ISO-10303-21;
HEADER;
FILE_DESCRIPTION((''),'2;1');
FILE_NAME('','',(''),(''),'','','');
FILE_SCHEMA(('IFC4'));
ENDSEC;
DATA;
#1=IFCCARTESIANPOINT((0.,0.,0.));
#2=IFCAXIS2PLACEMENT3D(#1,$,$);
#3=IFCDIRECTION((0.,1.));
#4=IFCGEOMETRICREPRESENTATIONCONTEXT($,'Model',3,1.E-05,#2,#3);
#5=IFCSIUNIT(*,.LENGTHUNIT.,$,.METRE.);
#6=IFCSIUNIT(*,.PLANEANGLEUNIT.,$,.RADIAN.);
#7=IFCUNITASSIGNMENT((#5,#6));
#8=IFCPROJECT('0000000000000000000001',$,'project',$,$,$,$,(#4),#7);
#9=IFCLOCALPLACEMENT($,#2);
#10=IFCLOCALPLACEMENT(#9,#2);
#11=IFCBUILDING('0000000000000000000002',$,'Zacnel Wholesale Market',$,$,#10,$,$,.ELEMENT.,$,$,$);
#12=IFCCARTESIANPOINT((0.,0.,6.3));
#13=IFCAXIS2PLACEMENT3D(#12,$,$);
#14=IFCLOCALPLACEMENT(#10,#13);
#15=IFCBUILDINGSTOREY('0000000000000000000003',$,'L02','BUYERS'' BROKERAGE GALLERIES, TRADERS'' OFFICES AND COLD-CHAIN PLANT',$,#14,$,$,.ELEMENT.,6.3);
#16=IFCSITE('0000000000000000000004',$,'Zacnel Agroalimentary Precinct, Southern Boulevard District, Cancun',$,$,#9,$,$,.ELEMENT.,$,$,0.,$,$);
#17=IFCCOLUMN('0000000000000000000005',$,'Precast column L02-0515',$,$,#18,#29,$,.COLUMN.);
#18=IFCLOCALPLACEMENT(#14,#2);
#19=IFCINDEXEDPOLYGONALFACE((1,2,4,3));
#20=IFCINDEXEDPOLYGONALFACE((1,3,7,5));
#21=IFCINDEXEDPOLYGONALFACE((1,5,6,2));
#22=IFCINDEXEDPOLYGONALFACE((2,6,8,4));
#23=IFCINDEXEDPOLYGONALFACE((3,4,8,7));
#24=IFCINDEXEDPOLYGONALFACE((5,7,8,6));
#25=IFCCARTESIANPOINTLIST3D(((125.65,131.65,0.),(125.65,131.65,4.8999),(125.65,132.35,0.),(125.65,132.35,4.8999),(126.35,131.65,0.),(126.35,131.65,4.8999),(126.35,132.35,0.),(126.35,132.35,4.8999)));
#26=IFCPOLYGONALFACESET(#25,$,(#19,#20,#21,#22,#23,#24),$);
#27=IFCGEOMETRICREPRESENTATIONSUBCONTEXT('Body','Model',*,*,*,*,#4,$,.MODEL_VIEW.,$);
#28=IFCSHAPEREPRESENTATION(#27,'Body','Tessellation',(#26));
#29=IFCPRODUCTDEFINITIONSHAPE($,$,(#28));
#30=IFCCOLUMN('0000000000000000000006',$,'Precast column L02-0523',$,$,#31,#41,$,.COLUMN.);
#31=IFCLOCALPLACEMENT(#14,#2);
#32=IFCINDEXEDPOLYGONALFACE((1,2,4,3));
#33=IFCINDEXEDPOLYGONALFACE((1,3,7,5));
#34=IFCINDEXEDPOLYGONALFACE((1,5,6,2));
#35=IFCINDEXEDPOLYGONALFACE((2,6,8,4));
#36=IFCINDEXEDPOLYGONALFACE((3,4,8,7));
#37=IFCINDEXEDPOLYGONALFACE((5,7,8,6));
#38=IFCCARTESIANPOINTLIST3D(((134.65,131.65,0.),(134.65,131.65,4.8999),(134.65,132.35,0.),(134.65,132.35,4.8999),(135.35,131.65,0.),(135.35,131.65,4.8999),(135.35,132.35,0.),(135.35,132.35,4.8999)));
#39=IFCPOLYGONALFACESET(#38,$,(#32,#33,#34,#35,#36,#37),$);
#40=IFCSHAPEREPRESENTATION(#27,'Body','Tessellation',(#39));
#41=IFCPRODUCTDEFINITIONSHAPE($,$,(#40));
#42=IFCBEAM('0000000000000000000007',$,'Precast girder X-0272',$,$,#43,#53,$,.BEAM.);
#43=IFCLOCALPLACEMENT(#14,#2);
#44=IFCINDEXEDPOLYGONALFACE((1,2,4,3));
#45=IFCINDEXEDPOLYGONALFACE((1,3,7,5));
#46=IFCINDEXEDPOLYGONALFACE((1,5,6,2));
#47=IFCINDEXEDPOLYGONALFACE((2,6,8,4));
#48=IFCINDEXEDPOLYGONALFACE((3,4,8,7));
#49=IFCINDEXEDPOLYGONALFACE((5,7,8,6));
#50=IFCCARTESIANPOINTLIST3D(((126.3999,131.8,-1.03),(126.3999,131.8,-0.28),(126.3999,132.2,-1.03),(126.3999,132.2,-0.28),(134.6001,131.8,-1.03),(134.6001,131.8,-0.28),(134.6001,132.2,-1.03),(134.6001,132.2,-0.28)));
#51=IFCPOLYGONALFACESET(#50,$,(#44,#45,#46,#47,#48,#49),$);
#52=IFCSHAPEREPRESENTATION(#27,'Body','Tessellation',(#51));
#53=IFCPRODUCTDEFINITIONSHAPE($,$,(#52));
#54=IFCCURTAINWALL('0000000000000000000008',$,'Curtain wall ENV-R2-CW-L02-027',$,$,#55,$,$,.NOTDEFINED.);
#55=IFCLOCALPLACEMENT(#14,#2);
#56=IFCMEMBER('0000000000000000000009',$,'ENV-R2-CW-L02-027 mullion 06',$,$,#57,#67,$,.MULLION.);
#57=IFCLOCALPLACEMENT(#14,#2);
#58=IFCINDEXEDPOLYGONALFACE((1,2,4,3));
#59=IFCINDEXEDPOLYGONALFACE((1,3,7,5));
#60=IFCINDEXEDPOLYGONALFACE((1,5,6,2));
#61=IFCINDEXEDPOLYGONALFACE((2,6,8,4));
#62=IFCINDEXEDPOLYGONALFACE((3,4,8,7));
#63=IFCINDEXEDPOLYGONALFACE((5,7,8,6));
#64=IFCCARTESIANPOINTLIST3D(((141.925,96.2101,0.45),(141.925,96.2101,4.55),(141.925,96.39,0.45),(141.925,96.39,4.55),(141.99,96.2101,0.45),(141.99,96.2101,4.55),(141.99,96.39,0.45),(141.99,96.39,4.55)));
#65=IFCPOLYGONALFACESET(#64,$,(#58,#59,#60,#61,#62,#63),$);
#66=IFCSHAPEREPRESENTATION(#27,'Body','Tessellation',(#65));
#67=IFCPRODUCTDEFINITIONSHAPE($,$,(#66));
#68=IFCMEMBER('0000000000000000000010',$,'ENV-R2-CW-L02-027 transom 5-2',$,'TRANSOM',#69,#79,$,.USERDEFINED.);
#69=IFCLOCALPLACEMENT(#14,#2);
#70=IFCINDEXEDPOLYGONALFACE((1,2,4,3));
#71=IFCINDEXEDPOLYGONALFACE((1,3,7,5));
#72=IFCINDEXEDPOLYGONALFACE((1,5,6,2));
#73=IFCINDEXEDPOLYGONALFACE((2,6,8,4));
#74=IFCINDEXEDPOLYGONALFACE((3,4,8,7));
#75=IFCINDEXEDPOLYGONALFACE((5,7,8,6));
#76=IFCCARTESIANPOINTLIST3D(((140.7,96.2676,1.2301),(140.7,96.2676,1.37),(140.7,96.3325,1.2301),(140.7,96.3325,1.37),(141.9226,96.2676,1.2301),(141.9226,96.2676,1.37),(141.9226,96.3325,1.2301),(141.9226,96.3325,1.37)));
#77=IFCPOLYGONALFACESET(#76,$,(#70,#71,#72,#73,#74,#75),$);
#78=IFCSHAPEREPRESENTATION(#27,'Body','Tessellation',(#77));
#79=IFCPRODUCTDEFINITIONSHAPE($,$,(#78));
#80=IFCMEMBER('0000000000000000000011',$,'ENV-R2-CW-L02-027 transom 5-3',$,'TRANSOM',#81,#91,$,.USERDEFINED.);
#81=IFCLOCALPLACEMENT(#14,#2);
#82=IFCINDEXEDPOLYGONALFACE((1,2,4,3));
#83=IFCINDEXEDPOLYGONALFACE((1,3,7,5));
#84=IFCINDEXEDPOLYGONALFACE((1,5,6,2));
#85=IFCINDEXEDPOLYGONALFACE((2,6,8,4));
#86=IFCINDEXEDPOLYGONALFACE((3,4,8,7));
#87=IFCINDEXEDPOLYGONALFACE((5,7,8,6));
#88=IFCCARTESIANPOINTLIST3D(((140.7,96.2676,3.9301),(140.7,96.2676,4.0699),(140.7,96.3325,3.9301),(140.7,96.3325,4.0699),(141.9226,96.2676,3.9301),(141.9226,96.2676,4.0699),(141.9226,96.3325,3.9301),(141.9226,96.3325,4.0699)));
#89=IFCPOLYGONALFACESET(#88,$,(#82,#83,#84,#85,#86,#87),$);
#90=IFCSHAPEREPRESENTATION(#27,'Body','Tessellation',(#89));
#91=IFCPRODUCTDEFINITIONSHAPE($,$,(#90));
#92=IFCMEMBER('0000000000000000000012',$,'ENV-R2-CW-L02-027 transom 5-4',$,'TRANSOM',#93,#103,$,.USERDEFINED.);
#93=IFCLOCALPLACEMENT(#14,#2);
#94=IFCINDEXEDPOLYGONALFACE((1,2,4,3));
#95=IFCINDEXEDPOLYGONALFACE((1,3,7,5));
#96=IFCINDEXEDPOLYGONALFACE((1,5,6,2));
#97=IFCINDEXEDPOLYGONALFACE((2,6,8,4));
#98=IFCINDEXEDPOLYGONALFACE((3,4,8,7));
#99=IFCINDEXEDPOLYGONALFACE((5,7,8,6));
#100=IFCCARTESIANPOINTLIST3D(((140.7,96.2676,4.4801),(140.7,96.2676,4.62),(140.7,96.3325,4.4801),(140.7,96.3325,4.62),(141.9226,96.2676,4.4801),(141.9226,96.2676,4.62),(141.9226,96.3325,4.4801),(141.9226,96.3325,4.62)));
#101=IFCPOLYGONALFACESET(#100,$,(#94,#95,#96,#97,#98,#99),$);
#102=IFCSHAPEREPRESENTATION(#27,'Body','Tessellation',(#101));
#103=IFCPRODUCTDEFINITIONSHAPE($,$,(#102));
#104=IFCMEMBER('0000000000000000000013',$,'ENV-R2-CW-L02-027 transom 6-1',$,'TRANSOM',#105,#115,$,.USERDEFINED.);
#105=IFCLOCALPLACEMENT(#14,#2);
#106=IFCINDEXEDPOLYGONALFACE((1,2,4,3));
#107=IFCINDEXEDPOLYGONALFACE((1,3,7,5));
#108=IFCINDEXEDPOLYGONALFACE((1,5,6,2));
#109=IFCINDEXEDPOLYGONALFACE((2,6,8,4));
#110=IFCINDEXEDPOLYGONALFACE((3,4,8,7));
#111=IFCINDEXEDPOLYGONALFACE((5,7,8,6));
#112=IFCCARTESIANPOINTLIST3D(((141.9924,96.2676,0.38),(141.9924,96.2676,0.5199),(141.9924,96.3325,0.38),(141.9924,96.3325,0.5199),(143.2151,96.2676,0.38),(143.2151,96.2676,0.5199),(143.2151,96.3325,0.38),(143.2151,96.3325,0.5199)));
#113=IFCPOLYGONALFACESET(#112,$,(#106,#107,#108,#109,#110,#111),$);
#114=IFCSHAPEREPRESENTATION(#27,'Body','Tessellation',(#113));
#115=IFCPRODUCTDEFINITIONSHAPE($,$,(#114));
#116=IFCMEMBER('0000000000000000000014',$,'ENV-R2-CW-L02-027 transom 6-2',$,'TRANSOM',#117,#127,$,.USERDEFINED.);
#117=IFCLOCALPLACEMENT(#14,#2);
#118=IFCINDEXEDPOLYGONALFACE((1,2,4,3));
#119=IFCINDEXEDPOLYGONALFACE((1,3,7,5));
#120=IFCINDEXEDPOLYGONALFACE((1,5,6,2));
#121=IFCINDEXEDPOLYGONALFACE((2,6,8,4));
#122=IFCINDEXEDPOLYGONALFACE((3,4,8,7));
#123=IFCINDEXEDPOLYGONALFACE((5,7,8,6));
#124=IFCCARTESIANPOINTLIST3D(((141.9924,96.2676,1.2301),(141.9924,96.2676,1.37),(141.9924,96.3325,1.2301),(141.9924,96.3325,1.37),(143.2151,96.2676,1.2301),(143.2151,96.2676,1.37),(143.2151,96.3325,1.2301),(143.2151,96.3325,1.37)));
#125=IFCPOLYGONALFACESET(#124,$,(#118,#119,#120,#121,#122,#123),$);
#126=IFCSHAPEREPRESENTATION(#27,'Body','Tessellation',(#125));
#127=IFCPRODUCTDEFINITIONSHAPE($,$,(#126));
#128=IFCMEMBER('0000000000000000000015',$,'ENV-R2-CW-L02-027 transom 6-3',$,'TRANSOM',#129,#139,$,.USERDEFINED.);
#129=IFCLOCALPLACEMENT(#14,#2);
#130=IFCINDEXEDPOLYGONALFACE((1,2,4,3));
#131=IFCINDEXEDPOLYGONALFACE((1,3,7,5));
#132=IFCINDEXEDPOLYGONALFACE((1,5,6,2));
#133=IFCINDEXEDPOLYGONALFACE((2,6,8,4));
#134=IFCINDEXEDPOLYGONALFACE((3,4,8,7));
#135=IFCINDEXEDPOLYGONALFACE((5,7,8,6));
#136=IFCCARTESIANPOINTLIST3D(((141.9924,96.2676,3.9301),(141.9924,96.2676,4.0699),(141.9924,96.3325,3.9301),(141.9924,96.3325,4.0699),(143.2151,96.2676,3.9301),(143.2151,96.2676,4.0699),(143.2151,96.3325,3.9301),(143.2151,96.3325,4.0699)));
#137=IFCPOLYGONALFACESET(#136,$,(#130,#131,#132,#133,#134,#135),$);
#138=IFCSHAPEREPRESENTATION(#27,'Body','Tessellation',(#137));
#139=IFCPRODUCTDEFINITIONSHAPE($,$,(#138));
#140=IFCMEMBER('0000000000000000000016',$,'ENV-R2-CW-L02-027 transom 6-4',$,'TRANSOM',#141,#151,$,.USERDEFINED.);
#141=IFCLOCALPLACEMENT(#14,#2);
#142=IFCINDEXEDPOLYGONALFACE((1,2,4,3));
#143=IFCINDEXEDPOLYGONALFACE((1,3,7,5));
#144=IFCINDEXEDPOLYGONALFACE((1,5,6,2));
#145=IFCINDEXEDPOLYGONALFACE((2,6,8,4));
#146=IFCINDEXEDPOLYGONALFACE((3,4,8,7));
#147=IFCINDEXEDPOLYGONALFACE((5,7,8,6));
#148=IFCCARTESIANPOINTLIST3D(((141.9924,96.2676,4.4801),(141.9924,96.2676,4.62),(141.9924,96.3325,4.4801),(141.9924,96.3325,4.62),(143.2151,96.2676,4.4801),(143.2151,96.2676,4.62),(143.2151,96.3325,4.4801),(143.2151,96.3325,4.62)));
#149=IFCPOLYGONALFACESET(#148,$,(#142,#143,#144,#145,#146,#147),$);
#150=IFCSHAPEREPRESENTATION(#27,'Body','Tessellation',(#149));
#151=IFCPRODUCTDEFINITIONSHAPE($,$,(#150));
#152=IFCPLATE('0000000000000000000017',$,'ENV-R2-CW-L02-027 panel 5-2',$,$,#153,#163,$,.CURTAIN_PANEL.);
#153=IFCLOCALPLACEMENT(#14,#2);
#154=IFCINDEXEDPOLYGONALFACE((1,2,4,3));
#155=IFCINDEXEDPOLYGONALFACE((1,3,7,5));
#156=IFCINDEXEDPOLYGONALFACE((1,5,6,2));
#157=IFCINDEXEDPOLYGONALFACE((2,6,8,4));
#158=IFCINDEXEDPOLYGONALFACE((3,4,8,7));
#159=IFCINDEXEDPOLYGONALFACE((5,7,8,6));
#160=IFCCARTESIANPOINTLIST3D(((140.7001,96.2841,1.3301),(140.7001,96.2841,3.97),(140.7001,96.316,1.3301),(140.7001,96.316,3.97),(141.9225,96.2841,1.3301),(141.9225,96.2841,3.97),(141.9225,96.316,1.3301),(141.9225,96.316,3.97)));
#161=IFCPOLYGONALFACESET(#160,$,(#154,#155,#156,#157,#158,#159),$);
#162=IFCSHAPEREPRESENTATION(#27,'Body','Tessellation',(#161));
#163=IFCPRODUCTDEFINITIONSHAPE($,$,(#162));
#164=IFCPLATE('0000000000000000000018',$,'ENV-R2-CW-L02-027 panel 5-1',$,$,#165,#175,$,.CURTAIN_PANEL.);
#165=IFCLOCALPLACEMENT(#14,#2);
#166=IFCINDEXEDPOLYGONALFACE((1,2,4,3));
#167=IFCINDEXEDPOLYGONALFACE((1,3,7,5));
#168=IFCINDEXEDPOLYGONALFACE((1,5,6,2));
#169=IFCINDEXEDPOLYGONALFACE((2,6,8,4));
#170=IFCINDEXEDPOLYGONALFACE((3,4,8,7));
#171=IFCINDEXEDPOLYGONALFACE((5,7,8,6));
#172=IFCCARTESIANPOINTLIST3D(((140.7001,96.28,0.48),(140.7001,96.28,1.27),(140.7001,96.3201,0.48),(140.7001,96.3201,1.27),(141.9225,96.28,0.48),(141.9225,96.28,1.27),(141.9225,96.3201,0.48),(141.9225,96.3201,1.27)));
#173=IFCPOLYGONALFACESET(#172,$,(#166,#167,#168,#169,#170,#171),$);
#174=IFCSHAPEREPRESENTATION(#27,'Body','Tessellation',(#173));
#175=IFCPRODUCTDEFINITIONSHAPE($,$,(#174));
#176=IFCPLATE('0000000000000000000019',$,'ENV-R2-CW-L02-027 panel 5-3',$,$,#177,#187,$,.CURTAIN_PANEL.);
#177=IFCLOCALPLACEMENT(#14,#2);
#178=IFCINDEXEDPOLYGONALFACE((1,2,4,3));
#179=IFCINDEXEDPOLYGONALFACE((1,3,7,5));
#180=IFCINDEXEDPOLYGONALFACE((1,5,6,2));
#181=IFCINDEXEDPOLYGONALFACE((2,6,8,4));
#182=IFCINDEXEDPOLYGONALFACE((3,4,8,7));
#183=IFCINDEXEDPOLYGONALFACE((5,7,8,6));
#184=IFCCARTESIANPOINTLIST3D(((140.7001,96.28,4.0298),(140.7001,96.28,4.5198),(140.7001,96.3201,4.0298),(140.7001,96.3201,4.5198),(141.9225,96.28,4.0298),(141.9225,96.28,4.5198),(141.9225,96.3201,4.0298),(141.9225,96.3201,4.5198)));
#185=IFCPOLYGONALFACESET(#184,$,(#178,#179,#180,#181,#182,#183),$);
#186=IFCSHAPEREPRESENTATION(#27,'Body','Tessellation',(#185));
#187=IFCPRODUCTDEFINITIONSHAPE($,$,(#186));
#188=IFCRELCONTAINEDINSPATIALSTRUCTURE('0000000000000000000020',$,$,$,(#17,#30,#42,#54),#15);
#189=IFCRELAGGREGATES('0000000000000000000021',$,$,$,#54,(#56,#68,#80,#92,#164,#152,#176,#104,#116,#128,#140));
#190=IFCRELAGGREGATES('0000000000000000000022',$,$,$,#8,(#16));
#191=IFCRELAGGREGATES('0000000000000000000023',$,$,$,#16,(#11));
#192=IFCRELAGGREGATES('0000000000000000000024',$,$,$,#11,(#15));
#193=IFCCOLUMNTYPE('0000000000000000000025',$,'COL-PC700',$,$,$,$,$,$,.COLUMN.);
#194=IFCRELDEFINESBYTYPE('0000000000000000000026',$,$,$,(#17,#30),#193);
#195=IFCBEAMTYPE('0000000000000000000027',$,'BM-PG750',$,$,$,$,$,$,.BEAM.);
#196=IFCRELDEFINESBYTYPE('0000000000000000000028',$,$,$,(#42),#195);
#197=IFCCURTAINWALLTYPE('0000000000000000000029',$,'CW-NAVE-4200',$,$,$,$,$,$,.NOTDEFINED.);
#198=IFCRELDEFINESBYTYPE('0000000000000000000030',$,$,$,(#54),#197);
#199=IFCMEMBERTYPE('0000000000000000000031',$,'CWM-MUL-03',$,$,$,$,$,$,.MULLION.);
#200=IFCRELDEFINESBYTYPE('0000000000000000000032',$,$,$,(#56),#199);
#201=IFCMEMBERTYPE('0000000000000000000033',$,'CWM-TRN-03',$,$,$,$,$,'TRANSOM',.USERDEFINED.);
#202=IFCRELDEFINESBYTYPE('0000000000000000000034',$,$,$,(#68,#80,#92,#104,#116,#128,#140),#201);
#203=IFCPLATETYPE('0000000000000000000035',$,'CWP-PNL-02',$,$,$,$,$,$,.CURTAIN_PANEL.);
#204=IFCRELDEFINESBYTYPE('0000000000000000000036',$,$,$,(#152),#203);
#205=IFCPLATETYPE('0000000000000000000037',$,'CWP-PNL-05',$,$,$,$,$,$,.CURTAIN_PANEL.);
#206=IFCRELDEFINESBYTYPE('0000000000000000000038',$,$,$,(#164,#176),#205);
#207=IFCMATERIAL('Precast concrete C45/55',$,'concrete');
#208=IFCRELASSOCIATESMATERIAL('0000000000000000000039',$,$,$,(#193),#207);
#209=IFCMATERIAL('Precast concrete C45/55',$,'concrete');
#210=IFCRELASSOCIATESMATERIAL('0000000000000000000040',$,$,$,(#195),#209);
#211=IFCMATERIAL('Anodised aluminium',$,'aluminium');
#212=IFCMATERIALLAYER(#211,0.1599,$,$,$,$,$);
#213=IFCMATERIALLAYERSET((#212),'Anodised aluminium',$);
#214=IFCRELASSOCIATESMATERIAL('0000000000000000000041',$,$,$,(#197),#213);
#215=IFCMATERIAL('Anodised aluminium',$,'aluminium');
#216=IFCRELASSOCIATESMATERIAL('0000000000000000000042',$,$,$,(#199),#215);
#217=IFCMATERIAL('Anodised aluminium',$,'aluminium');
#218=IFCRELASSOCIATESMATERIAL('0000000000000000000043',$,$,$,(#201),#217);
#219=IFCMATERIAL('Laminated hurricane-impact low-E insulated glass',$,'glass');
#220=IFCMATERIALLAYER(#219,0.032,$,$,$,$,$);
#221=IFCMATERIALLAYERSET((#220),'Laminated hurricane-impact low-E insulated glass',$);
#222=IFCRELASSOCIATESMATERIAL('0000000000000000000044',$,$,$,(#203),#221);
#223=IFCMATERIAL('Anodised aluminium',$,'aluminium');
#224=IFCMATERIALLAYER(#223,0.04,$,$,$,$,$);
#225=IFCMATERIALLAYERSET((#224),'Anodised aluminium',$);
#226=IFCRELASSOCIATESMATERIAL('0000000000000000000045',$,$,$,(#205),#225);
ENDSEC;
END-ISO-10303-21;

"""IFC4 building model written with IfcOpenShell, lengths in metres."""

from ifc_helpers import new_model, si_unit, direction, frame, origin, origin_2d, place, context, subcontext, project, spatial, rectangle, extrude, material, layer, layer_set, material_profile, profile_set, type_object, element, aggregate, save


model = new_model("IFC4")

# Units and contexts
model_context = context("Model", 3, precision=1e-05, world=origin(), true_north=direction((0.0, 1.0)))
body_context = subcontext(model_context, "Body", "Model", "MODEL_VIEW")
ifc_project = project(units=[si_unit("LENGTHUNIT", "METRE"), si_unit("PLANEANGLEUNIT", "RADIAN")], contexts=[model_context])

# Site, building, storey
site_placement = place(None, origin())
site = spatial("IfcSite", under=ifc_project, at=site_placement, Name="Zacnel Agroalimentary Precinct, Southern Boulevard District, Cancun", CompositionType="ELEMENT", RefElevation=0.0)
building_placement = place(site_placement, origin())
building = spatial("IfcBuilding", under=site, at=building_placement, Name="Zacnel Wholesale Market", CompositionType="ELEMENT")
storey_placement = place(building_placement, frame((0.0, 0.0, 6.3)))
storey = spatial("IfcBuildingStorey", under=building, at=storey_placement, Name="L02", Description="BUYERS' BROKERAGE GALLERIES, TRADERS' OFFICES AND COLD-CHAIN PLANT", CompositionType="ELEMENT", Elevation=6.3)

# Columns
ifc_material_1 = material(Name="Precast concrete C45/55", Category="concrete")
ifc_material_profile_1 = material_profile(ifc_material_1, rectangle(XDim=0.7, YDim=0.7, at=origin_2d()), Name="PC 700x700")
ifc_profile_set_1 = profile_set([ifc_material_profile_1], Name="Precast concrete C45/55")
column_type = type_object("IfcColumnType", Name="COL-PC700", PredefinedType="COLUMN", material=ifc_profile_set_1)
for number, where, z_axis, x_axis, name in (
    (1, (126.0, 132.0, 0.0), (0.0, 0.0, 1.0), (1.0, 0.0, 0.0), "Precast column L02-0515"),
    (2, (135.0, 132.0, 0.0), (0.0, 0.0, 1.0), (1.0, 0.0, 0.0), "Precast column L02-0523"),
):
    element("IfcColumn", number, at=place(storey_placement, frame(where, z_axis=z_axis, x_axis=x_axis)), inside=storey, type_object=column_type, Name=name, PredefinedType="COLUMN", context=body_context, shape_type="SweptSolid", body=[
        extrude(rectangle(XDim=0.7, YDim=0.7, at=origin_2d()), origin(), (0.0, 0.0, 1.0), 4.8999),
    ])

# Beam
ifc_material_2 = material(Name="Precast concrete C45/55", Category="concrete")
ifc_material_profile_2 = material_profile(ifc_material_2, rectangle(XDim=0.3999, YDim=0.75, at=origin_2d()), Name="PG 400x750")
ifc_profile_set_2 = profile_set([ifc_material_profile_2], Name="Precast concrete C45/55")
beam_type = type_object("IfcBeamType", Name="BM-PG750", PredefinedType="BEAM", material=ifc_profile_set_2)
beam_placement = place(storey_placement, frame((126.3999, 132.0, -0.655), z_axis=(1.0, 0.0, 0.0), x_axis=(0.0, 1.0, 0.0)))
element("IfcBeam", 3, at=beam_placement, inside=storey, type_object=beam_type, Name="Precast girder X-0272", PredefinedType="BEAM", context=body_context, shape_type="SweptSolid", body=[
    extrude(rectangle(XDim=0.3999, YDim=0.75, at=origin_2d()), origin(), (0.0, 0.0, 1.0), 8.2002),
])

# Curtain wall, members, plates
ifc_material_3 = material(Name="Anodised aluminium", Category="aluminium")
ifc_layer_1 = layer(ifc_material_3, 0.1599)
ifc_layer_set_1 = layer_set([ifc_layer_1], Name="Anodised aluminium")
curtain_wall_type = type_object("IfcCurtainWallType", Name="CW-NAVE-4200", PredefinedType="NOTDEFINED", material=ifc_layer_set_1)
curtain_wall_placement = place(storey_placement, origin())
curtain_wall = element("IfcCurtainWall", 4, at=curtain_wall_placement, inside=storey, type_object=curtain_wall_type, Name="Curtain wall ENV-R2-CW-L02-027", PredefinedType="NOTDEFINED")
ifc_material_4 = material(Name="Anodised aluminium", Category="aluminium")
ifc_material_profile_3 = material_profile(ifc_material_4, rectangle(XDim=0.0649, YDim=0.1799, at=origin_2d()), Name="AW-MULLION 65x180")
ifc_profile_set_3 = profile_set([ifc_material_profile_3], Name="Anodised aluminium")
member_type_1 = type_object("IfcMemberType", Name="CWM-MUL-03", PredefinedType="MULLION", material=ifc_profile_set_3)
member_1_placement = place(storey_placement, frame((141.9575, 96.3, 0.45), z_axis=(0.0, 0.0, 1.0), x_axis=(1.0, 0.0, 0.0)))
member_1 = element("IfcMember", 5, at=member_1_placement, type_object=member_type_1, Name="ENV-R2-CW-L02-027 mullion 06", PredefinedType="MULLION", context=body_context, shape_type="SweptSolid", body=[
    extrude(rectangle(XDim=0.0649, YDim=0.1799, at=origin_2d()), origin(), (0.0, 0.0, 1.0), 4.1001),
])
ifc_material_5 = material(Name="Anodised aluminium", Category="aluminium")
ifc_material_profile_4 = material_profile(ifc_material_5, rectangle(XDim=0.0649, YDim=0.1399, at=origin_2d()), Name="AW-TRANSOM 65x140")
ifc_profile_set_4 = profile_set([ifc_material_profile_4], Name="Anodised aluminium")
member_type_2 = type_object("IfcMemberType", Name="CWM-TRN-03", ElementType="TRANSOM", PredefinedType="USERDEFINED", material=ifc_profile_set_4)
member_2_placement = place(storey_placement, frame((140.7, 96.3, 1.3), z_axis=(1.0, 0.0, 0.0), x_axis=(0.0, 1.0, 0.0)))
member_2 = element("IfcMember", 6, at=member_2_placement, type_object=member_type_2, Name="ENV-R2-CW-L02-027 transom 5-2", ObjectType="TRANSOM", PredefinedType="USERDEFINED", context=body_context, shape_type="SweptSolid", body=[
    extrude(rectangle(XDim=0.0649, YDim=0.1399, at=origin_2d()), origin(), (0.0, 0.0, 1.0), 1.2227),
])
member_3_placement = place(storey_placement, frame((140.7, 96.3, 4.0), z_axis=(1.0, 0.0, 0.0), x_axis=(0.0, 1.0, 0.0)))
member_3 = element("IfcMember", 7, at=member_3_placement, type_object=member_type_2, Name="ENV-R2-CW-L02-027 transom 5-3", ObjectType="TRANSOM", PredefinedType="USERDEFINED", context=body_context, shape_type="SweptSolid", body=[
    extrude(rectangle(XDim=0.0649, YDim=0.1399, at=origin_2d()), origin(), (0.0, 0.0, 1.0), 1.2227),
])
member_4_placement = place(storey_placement, frame((140.7, 96.3, 4.55), z_axis=(1.0, 0.0, 0.0), x_axis=(0.0, 1.0, 0.0)))
member_4 = element("IfcMember", 8, at=member_4_placement, type_object=member_type_2, Name="ENV-R2-CW-L02-027 transom 5-4", ObjectType="TRANSOM", PredefinedType="USERDEFINED", context=body_context, shape_type="SweptSolid", body=[
    extrude(rectangle(XDim=0.0649, YDim=0.1399, at=origin_2d()), origin(), (0.0, 0.0, 1.0), 1.2227),
])
member_5_placement = place(storey_placement, frame((141.9924, 96.3, 0.45), z_axis=(1.0, 0.0, 0.0), x_axis=(0.0, 1.0, 0.0)))
member_5 = element("IfcMember", 9, at=member_5_placement, type_object=member_type_2, Name="ENV-R2-CW-L02-027 transom 6-1", ObjectType="TRANSOM", PredefinedType="USERDEFINED", context=body_context, shape_type="SweptSolid", body=[
    extrude(rectangle(XDim=0.0649, YDim=0.1399, at=origin_2d()), origin(), (0.0, 0.0, 1.0), 1.2227),
])
member_6_placement = place(storey_placement, frame((141.9924, 96.3, 1.3), z_axis=(1.0, 0.0, 0.0), x_axis=(0.0, 1.0, 0.0)))
member_6 = element("IfcMember", 10, at=member_6_placement, type_object=member_type_2, Name="ENV-R2-CW-L02-027 transom 6-2", ObjectType="TRANSOM", PredefinedType="USERDEFINED", context=body_context, shape_type="SweptSolid", body=[
    extrude(rectangle(XDim=0.0649, YDim=0.1399, at=origin_2d()), origin(), (0.0, 0.0, 1.0), 1.2227),
])
member_7_placement = place(storey_placement, frame((141.9924, 96.3, 4.0), z_axis=(1.0, 0.0, 0.0), x_axis=(0.0, 1.0, 0.0)))
member_7 = element("IfcMember", 11, at=member_7_placement, type_object=member_type_2, Name="ENV-R2-CW-L02-027 transom 6-3", ObjectType="TRANSOM", PredefinedType="USERDEFINED", context=body_context, shape_type="SweptSolid", body=[
    extrude(rectangle(XDim=0.0649, YDim=0.1399, at=origin_2d()), origin(), (0.0, 0.0, 1.0), 1.2227),
])
member_8_placement = place(storey_placement, frame((141.9924, 96.3, 4.55), z_axis=(1.0, 0.0, 0.0), x_axis=(0.0, 1.0, 0.0)))
member_8 = element("IfcMember", 12, at=member_8_placement, type_object=member_type_2, Name="ENV-R2-CW-L02-027 transom 6-4", ObjectType="TRANSOM", PredefinedType="USERDEFINED", context=body_context, shape_type="SweptSolid", body=[
    extrude(rectangle(XDim=0.0649, YDim=0.1399, at=origin_2d()), origin(), (0.0, 0.0, 1.0), 1.2227),
])
ifc_material_6 = material(Name="Laminated hurricane-impact low-E insulated glass", Category="glass")
ifc_layer_2 = layer(ifc_material_6, 0.032)
ifc_layer_set_2 = layer_set([ifc_layer_2], Name="Laminated hurricane-impact low-E insulated glass")
plate_type_1 = type_object("IfcPlateType", Name="CWP-PNL-02", PredefinedType="CURTAIN_PANEL", material=ifc_layer_set_2)
plate_1_placement = place(storey_placement, frame((141.3113, 96.3, 1.3301), z_axis=(0.0, 0.0, 1.0), x_axis=(1.0, 0.0, 0.0)))
plate_1 = element("IfcPlate", 13, at=plate_1_placement, type_object=plate_type_1, Name="ENV-R2-CW-L02-027 panel 5-2", PredefinedType="CURTAIN_PANEL", context=body_context, shape_type="SweptSolid", body=[
    extrude(rectangle(XDim=1.2224, YDim=0.032, at=origin_2d()), origin(), (0.0, 0.0, 1.0), 2.6399),
])
ifc_material_7 = material(Name="Anodised aluminium", Category="aluminium")
ifc_layer_3 = layer(ifc_material_7, 0.04)
ifc_layer_set_3 = layer_set([ifc_layer_3], Name="Anodised aluminium")
plate_type_2 = type_object("IfcPlateType", Name="CWP-PNL-05", PredefinedType="CURTAIN_PANEL", material=ifc_layer_set_3)
plate_2_placement = place(storey_placement, frame((141.3113, 96.3, 0.48), z_axis=(0.0, 0.0, 1.0), x_axis=(1.0, 0.0, 0.0)))
plate_2 = element("IfcPlate", 14, at=plate_2_placement, type_object=plate_type_2, Name="ENV-R2-CW-L02-027 panel 5-1", PredefinedType="CURTAIN_PANEL", context=body_context, shape_type="SweptSolid", body=[
    extrude(rectangle(XDim=1.2224, YDim=0.04, at=origin_2d()), origin(), (0.0, 0.0, 1.0), 0.79),
])
plate_3_placement = place(storey_placement, frame((141.3113, 96.3, 4.0298), z_axis=(0.0, 0.0, 1.0), x_axis=(1.0, 0.0, 0.0)))
plate_3 = element("IfcPlate", 15, at=plate_3_placement, type_object=plate_type_2, Name="ENV-R2-CW-L02-027 panel 5-3", PredefinedType="CURTAIN_PANEL", context=body_context, shape_type="SweptSolid", body=[
    extrude(rectangle(XDim=1.2224, YDim=0.04, at=origin_2d()), origin(), (0.0, 0.0, 1.0), 0.49),
])
aggregate(curtain_wall, [member_1, member_2, member_3, member_4, plate_2, plate_1, plate_3, member_5, member_6, member_7, member_8])

save(model, "model.ifc")
